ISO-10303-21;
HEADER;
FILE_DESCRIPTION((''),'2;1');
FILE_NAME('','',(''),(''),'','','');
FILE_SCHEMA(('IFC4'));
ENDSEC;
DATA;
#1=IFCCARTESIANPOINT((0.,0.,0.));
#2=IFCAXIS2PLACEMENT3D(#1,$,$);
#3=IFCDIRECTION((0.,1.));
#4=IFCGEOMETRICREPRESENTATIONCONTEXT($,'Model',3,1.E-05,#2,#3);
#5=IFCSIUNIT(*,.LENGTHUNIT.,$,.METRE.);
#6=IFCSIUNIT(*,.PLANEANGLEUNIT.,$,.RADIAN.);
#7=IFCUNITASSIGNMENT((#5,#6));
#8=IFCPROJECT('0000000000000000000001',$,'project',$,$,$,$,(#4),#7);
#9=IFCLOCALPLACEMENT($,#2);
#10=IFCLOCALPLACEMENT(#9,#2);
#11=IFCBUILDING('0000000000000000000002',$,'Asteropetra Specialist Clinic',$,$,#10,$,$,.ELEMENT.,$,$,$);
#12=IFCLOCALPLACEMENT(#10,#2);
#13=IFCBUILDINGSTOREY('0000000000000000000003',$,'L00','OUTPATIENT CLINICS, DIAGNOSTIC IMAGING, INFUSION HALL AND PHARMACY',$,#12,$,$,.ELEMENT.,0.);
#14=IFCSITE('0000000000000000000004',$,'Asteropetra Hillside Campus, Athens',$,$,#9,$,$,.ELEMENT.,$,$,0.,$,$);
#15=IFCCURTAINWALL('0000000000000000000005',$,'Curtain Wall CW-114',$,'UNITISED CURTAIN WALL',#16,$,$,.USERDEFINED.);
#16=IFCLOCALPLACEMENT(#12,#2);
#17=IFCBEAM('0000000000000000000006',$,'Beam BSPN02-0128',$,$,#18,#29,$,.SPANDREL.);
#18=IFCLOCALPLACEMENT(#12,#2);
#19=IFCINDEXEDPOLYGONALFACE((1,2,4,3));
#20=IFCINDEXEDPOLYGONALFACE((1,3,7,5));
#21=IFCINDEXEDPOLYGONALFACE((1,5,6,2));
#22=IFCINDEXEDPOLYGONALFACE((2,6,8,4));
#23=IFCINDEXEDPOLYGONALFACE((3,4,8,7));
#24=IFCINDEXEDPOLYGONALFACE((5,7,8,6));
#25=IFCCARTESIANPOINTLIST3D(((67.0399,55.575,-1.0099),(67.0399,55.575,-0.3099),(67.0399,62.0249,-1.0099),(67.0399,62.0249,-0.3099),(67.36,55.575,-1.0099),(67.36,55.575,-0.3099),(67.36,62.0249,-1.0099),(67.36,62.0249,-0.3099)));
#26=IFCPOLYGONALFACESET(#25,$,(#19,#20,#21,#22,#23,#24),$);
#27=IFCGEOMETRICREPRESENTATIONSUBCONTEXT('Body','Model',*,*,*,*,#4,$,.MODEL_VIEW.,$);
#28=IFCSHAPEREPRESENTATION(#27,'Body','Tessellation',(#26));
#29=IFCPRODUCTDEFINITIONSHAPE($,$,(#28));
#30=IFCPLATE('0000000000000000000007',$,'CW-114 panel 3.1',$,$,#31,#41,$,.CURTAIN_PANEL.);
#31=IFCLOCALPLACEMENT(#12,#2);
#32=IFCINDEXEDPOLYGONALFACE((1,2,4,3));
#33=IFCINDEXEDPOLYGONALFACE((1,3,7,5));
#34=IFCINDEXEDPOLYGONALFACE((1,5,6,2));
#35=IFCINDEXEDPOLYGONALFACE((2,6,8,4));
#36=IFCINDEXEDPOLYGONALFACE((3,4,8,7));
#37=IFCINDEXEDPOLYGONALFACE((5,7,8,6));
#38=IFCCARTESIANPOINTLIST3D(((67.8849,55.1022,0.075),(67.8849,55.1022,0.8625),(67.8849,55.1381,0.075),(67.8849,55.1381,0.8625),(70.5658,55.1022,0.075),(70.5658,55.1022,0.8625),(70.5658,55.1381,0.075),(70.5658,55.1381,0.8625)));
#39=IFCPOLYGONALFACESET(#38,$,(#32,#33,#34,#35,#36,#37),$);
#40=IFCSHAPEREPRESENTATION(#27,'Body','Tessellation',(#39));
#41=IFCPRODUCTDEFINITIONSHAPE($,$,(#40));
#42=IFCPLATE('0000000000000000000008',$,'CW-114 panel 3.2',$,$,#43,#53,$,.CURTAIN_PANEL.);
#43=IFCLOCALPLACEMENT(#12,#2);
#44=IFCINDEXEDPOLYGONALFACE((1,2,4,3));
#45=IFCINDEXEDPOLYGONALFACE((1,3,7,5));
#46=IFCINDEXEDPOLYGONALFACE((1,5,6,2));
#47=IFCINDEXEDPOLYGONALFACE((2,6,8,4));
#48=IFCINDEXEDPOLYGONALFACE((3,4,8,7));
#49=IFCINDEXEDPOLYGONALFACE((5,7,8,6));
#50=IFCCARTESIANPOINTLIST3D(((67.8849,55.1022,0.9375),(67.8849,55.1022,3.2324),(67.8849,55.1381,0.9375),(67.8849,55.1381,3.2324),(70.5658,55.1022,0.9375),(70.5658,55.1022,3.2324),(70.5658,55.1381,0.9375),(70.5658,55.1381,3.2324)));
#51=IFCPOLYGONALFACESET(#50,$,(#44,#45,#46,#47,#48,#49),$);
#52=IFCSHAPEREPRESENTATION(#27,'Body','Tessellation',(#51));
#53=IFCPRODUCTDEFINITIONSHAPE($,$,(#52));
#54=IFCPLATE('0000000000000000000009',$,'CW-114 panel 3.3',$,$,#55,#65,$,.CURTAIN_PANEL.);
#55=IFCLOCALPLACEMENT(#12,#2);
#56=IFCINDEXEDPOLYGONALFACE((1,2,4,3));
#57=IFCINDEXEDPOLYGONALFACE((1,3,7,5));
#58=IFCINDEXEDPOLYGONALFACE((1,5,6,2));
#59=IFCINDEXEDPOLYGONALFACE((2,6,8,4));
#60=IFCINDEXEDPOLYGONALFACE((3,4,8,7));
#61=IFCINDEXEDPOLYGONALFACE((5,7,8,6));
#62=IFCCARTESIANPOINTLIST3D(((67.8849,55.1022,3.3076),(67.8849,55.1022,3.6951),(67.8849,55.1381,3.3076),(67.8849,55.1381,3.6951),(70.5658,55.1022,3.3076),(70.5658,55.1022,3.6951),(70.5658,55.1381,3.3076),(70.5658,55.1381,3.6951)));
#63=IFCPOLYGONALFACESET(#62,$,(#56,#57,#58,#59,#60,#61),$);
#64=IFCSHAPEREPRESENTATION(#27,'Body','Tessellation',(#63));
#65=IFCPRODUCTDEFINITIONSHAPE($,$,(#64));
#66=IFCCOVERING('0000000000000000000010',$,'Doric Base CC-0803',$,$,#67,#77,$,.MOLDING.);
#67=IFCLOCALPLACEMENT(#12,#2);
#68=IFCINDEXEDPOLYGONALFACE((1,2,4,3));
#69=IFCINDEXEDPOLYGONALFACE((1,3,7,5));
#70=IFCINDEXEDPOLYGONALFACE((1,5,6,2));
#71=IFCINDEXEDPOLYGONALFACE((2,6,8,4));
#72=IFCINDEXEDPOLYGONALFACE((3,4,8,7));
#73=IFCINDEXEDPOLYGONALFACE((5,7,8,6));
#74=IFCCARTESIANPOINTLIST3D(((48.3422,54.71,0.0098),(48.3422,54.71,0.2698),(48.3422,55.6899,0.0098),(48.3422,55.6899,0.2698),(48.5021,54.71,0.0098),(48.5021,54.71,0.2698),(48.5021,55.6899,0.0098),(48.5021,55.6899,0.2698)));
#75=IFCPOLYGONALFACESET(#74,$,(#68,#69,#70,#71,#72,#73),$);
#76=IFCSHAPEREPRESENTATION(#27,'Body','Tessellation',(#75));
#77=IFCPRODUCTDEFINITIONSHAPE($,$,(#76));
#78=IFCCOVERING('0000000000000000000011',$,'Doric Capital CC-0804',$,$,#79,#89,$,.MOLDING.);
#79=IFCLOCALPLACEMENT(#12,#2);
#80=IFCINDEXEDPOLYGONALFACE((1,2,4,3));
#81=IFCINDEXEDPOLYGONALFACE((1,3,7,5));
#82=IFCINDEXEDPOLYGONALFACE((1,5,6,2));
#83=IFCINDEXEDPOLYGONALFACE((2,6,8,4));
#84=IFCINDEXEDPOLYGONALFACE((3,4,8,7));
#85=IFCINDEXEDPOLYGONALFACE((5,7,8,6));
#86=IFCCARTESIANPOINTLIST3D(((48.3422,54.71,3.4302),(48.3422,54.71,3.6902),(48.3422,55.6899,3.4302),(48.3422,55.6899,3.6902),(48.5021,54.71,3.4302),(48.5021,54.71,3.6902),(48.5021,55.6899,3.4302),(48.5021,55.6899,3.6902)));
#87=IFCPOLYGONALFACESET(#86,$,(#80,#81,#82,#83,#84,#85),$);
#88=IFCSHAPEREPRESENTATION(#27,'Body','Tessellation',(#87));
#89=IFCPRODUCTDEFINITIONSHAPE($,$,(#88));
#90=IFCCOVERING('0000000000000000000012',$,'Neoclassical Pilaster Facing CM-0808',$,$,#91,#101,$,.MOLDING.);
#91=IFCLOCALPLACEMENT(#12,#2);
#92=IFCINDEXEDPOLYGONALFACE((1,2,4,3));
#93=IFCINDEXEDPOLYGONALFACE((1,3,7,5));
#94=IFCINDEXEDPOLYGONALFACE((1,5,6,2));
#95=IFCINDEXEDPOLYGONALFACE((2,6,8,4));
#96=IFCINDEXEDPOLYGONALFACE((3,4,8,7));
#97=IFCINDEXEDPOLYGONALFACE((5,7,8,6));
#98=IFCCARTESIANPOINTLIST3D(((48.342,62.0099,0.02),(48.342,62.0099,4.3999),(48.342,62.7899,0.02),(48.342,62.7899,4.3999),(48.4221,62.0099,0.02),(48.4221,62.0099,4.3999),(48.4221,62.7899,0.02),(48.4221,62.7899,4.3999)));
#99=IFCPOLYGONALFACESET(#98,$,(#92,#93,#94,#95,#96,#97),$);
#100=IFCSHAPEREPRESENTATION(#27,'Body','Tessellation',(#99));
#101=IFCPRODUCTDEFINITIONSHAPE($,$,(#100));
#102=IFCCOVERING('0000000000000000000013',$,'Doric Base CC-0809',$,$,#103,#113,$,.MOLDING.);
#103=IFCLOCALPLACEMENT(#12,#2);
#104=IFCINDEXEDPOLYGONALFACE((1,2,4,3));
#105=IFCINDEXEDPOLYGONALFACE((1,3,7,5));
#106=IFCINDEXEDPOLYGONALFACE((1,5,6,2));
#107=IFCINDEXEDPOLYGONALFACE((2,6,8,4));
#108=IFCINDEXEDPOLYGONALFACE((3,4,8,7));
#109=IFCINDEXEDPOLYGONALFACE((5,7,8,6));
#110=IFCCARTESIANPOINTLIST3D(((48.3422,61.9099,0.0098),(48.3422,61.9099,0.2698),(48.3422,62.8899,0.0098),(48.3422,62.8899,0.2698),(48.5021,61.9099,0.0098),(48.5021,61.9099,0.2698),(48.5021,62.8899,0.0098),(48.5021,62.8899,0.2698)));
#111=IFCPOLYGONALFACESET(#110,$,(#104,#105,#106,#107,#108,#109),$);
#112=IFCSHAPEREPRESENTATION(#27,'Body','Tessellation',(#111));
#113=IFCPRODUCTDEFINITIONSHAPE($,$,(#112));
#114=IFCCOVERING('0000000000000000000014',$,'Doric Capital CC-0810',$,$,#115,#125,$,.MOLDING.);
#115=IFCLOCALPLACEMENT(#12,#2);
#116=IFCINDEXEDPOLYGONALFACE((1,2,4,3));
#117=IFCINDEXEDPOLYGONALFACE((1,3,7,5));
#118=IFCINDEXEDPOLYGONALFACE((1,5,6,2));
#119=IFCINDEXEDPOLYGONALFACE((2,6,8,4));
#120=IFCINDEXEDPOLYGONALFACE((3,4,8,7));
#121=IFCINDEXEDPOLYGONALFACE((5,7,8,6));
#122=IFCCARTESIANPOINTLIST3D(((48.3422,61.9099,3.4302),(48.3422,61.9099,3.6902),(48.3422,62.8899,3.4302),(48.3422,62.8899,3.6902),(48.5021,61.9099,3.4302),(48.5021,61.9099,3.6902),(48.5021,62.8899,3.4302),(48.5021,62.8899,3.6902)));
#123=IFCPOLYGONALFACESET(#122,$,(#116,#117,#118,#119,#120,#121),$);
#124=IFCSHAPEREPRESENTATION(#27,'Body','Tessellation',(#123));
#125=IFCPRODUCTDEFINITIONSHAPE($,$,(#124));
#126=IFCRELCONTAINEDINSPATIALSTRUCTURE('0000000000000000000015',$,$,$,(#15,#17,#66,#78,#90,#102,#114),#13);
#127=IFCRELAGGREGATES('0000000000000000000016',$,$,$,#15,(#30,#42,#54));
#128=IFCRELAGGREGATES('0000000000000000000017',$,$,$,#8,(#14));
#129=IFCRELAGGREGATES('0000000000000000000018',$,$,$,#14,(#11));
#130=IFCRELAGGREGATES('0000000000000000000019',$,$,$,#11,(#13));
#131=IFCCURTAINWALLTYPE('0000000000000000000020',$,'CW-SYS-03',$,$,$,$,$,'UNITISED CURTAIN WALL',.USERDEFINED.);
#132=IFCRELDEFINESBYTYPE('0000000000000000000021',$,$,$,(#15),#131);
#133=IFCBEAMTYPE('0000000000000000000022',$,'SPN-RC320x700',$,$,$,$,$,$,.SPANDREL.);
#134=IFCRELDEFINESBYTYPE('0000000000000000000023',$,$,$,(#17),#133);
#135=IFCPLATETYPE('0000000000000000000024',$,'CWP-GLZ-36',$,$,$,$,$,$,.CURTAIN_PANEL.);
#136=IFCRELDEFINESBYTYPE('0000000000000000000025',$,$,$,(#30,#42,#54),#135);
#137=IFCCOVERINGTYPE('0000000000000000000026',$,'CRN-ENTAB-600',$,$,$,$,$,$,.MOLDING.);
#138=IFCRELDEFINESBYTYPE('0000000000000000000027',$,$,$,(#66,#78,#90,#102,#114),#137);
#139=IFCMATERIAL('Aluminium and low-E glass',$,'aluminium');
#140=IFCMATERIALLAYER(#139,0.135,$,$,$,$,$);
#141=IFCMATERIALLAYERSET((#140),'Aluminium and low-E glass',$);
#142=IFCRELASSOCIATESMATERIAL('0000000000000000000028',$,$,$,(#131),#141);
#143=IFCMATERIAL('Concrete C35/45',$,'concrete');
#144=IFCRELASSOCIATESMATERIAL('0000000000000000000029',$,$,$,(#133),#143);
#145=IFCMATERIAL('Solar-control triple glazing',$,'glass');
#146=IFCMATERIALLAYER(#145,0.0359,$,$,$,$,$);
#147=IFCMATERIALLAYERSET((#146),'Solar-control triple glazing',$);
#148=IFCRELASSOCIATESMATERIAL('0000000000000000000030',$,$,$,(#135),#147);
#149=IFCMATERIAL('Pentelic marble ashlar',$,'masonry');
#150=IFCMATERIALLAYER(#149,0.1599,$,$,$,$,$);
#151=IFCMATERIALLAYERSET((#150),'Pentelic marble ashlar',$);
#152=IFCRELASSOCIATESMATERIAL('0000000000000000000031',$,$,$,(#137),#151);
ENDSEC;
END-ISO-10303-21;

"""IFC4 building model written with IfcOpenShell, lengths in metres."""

from ifc_helpers import new_model, si_unit, direction, frame, origin, origin_2d, place, context, subcontext, project, spatial, rectangle, extrude, material, layer, layer_set, material_profile, profile_set, type_object, element, aggregate, save


model = new_model("IFC4")

# Units and contexts
model_context = context("Model", 3, precision=1e-05, world=origin(), true_north=direction((0.0, 1.0)))
body_context = subcontext(model_context, "Body", "Model", "MODEL_VIEW")
ifc_project = project(units=[si_unit("LENGTHUNIT", "METRE"), si_unit("PLANEANGLEUNIT", "RADIAN")], contexts=[model_context])

# Site, building, storey
site_placement = place(None, origin())
site = spatial("IfcSite", under=ifc_project, at=site_placement, Name="Asteropetra Hillside Campus, Athens", CompositionType="ELEMENT", RefElevation=0.0)
building_placement = place(site_placement, origin())
building = spatial("IfcBuilding", under=site, at=building_placement, Name="Asteropetra Specialist Clinic", CompositionType="ELEMENT")
storey_placement = place(building_placement, origin())
storey = spatial("IfcBuildingStorey", under=building, at=storey_placement, Name="L00", Description="OUTPATIENT CLINICS, DIAGNOSTIC IMAGING, INFUSION HALL AND PHARMACY", CompositionType="ELEMENT", Elevation=0.0)

# Curtain wall
ifc_material_1 = material(Name="Aluminium and low-E glass", Category="aluminium")
ifc_layer_1 = layer(ifc_material_1, 0.135)
ifc_layer_set_1 = layer_set([ifc_layer_1], Name="Aluminium and low-E glass")
curtain_wall_type = type_object("IfcCurtainWallType", Name="CW-SYS-03", ElementType="UNITISED CURTAIN WALL", PredefinedType="USERDEFINED", material=ifc_layer_set_1)
curtain_wall_placement = place(storey_placement, origin())
curtain_wall = element("IfcCurtainWall", 1, at=curtain_wall_placement, inside=storey, type_object=curtain_wall_type, Name="Curtain Wall CW-114", ObjectType="UNITISED CURTAIN WALL", PredefinedType="USERDEFINED")

# Beam
ifc_material_2 = material(Name="Concrete C35/45", Category="concrete")
ifc_material_profile_1 = material_profile(ifc_material_2, rectangle(XDim=0.3201, YDim=0.7, at=origin_2d()), Name="RCS 320x700")
ifc_profile_set_1 = profile_set([ifc_material_profile_1], Name="Concrete C35/45")
beam_type_1 = type_object("IfcBeamType", Name="SPN-RC320x700", PredefinedType="SPANDREL", material=ifc_profile_set_1)
beam_1_placement = place(storey_placement, frame((67.2, 55.575, -0.6599), z_axis=(0.0, 1.0, 0.0), x_axis=(-1.0, 0.0, 0.0)))
element("IfcBeam", 2, at=beam_1_placement, inside=storey, type_object=beam_type_1, Name="Beam BSPN02-0128", PredefinedType="SPANDREL", context=body_context, shape_type="SweptSolid", body=[
    extrude(rectangle(XDim=0.3201, YDim=0.7, at=origin_2d()), origin(), (0.0, 0.0, 1.0), 6.45),
])

# Plates
ifc_material_3 = material(Name="Solar-control triple glazing", Category="glass")
ifc_layer_2 = layer(ifc_material_3, 0.0359)
ifc_layer_set_2 = layer_set([ifc_layer_2], Name="Solar-control triple glazing")
plate_type = type_object("IfcPlateType", Name="CWP-GLZ-36", PredefinedType="CURTAIN_PANEL", material=ifc_layer_set_2)
plate_1_placement = place(storey_placement, frame((69.2253, 55.1201, 0.075), z_axis=(0.0, 0.0, 1.0), x_axis=(-1.0, 0.0, 0.0)))
plate_1 = element("IfcPlate", 3, at=plate_1_placement, type_object=plate_type, Name="CW-114 panel 3.1", PredefinedType="CURTAIN_PANEL", context=body_context, shape_type="SweptSolid", body=[
    extrude(rectangle(XDim=2.6809, YDim=0.0359, at=origin_2d()), origin(), (0.0, 0.0, 1.0), 0.7876),
])
plate_2_placement = place(storey_placement, frame((69.2253, 55.1201, 0.9375), z_axis=(0.0, 0.0, 1.0), x_axis=(-1.0, 0.0, 0.0)))
plate_2 = element("IfcPlate", 4, at=plate_2_placement, type_object=plate_type, Name="CW-114 panel 3.2", PredefinedType="CURTAIN_PANEL", context=body_context, shape_type="SweptSolid", body=[
    extrude(rectangle(XDim=2.6809, YDim=0.0359, at=origin_2d()), origin(), (0.0, 0.0, 1.0), 2.2949),
])
plate_3_placement = place(storey_placement, frame((69.2253, 55.1201, 3.3076), z_axis=(0.0, 0.0, 1.0), x_axis=(-1.0, 0.0, 0.0)))
plate_3 = element("IfcPlate", 5, at=plate_3_placement, type_object=plate_type, Name="CW-114 panel 3.3", PredefinedType="CURTAIN_PANEL", context=body_context, shape_type="SweptSolid", body=[
    extrude(rectangle(XDim=2.6809, YDim=0.0359, at=origin_2d()), origin(), (0.0, 0.0, 1.0), 0.3875),
])
aggregate(curtain_wall, [plate_1, plate_2, plate_3])

# Coverings
ifc_material_4 = material(Name="Pentelic marble ashlar", Category="masonry")
ifc_layer_3 = layer(ifc_material_4, 0.1599)
ifc_layer_set_3 = layer_set([ifc_layer_3], Name="Pentelic marble ashlar")
covering_type = type_object("IfcCoveringType", Name="CRN-ENTAB-600", PredefinedType="MOLDING", material=ifc_layer_set_3)
for number, where, z_axis, x_axis, name in (
    (6, (48.4221, 55.2, 0.0098), (0.0, 0.0, 1.0), (1.0, 0.0, 0.0), "Doric Base CC-0803"),
    (7, (48.4221, 55.2, 3.4302), (0.0, 0.0, 1.0), (1.0, 0.0, 0.0), "Doric Capital CC-0804"),
):
    element("IfcCovering", number, at=place(storey_placement, frame(where, z_axis=z_axis, x_axis=x_axis)), inside=storey, type_object=covering_type, Name=name, PredefinedType="MOLDING", context=body_context, shape_type="SweptSolid", body=[
        extrude(rectangle(XDim=0.1599, YDim=0.98, at=origin_2d()), origin(), (0.0, 0.0, 1.0), 0.26),
    ])
covering_placement = place(storey_placement, frame((48.3821, 62.3999, 0.02), z_axis=(0.0, 0.0, 1.0), x_axis=(1.0, 0.0, 0.0)))
element("IfcCovering", 8, at=covering_placement, inside=storey, type_object=covering_type, Name="Neoclassical Pilaster Facing CM-0808", PredefinedType="MOLDING", context=body_context, shape_type="SweptSolid", body=[
    extrude(rectangle(XDim=0.0801, YDim=0.78, at=origin_2d()), origin(), (0.0, 0.0, 1.0), 4.3799),
])
for number, where, z_axis, x_axis, name in (
    (9, (48.4221, 62.3999, 0.0098), (0.0, 0.0, 1.0), (1.0, 0.0, 0.0), "Doric Base CC-0809"),
    (10, (48.4221, 62.3999, 3.4302), (0.0, 0.0, 1.0), (1.0, 0.0, 0.0), "Doric Capital CC-0810"),
):
    element("IfcCovering", number, at=place(storey_placement, frame(where, z_axis=z_axis, x_axis=x_axis)), inside=storey, type_object=covering_type, Name=name, PredefinedType="MOLDING", context=body_context, shape_type="SweptSolid", body=[
        extrude(rectangle(XDim=0.1599, YDim=0.98, at=origin_2d()), origin(), (0.0, 0.0, 1.0), 0.26),
    ])

save(model, "model.ifc")
